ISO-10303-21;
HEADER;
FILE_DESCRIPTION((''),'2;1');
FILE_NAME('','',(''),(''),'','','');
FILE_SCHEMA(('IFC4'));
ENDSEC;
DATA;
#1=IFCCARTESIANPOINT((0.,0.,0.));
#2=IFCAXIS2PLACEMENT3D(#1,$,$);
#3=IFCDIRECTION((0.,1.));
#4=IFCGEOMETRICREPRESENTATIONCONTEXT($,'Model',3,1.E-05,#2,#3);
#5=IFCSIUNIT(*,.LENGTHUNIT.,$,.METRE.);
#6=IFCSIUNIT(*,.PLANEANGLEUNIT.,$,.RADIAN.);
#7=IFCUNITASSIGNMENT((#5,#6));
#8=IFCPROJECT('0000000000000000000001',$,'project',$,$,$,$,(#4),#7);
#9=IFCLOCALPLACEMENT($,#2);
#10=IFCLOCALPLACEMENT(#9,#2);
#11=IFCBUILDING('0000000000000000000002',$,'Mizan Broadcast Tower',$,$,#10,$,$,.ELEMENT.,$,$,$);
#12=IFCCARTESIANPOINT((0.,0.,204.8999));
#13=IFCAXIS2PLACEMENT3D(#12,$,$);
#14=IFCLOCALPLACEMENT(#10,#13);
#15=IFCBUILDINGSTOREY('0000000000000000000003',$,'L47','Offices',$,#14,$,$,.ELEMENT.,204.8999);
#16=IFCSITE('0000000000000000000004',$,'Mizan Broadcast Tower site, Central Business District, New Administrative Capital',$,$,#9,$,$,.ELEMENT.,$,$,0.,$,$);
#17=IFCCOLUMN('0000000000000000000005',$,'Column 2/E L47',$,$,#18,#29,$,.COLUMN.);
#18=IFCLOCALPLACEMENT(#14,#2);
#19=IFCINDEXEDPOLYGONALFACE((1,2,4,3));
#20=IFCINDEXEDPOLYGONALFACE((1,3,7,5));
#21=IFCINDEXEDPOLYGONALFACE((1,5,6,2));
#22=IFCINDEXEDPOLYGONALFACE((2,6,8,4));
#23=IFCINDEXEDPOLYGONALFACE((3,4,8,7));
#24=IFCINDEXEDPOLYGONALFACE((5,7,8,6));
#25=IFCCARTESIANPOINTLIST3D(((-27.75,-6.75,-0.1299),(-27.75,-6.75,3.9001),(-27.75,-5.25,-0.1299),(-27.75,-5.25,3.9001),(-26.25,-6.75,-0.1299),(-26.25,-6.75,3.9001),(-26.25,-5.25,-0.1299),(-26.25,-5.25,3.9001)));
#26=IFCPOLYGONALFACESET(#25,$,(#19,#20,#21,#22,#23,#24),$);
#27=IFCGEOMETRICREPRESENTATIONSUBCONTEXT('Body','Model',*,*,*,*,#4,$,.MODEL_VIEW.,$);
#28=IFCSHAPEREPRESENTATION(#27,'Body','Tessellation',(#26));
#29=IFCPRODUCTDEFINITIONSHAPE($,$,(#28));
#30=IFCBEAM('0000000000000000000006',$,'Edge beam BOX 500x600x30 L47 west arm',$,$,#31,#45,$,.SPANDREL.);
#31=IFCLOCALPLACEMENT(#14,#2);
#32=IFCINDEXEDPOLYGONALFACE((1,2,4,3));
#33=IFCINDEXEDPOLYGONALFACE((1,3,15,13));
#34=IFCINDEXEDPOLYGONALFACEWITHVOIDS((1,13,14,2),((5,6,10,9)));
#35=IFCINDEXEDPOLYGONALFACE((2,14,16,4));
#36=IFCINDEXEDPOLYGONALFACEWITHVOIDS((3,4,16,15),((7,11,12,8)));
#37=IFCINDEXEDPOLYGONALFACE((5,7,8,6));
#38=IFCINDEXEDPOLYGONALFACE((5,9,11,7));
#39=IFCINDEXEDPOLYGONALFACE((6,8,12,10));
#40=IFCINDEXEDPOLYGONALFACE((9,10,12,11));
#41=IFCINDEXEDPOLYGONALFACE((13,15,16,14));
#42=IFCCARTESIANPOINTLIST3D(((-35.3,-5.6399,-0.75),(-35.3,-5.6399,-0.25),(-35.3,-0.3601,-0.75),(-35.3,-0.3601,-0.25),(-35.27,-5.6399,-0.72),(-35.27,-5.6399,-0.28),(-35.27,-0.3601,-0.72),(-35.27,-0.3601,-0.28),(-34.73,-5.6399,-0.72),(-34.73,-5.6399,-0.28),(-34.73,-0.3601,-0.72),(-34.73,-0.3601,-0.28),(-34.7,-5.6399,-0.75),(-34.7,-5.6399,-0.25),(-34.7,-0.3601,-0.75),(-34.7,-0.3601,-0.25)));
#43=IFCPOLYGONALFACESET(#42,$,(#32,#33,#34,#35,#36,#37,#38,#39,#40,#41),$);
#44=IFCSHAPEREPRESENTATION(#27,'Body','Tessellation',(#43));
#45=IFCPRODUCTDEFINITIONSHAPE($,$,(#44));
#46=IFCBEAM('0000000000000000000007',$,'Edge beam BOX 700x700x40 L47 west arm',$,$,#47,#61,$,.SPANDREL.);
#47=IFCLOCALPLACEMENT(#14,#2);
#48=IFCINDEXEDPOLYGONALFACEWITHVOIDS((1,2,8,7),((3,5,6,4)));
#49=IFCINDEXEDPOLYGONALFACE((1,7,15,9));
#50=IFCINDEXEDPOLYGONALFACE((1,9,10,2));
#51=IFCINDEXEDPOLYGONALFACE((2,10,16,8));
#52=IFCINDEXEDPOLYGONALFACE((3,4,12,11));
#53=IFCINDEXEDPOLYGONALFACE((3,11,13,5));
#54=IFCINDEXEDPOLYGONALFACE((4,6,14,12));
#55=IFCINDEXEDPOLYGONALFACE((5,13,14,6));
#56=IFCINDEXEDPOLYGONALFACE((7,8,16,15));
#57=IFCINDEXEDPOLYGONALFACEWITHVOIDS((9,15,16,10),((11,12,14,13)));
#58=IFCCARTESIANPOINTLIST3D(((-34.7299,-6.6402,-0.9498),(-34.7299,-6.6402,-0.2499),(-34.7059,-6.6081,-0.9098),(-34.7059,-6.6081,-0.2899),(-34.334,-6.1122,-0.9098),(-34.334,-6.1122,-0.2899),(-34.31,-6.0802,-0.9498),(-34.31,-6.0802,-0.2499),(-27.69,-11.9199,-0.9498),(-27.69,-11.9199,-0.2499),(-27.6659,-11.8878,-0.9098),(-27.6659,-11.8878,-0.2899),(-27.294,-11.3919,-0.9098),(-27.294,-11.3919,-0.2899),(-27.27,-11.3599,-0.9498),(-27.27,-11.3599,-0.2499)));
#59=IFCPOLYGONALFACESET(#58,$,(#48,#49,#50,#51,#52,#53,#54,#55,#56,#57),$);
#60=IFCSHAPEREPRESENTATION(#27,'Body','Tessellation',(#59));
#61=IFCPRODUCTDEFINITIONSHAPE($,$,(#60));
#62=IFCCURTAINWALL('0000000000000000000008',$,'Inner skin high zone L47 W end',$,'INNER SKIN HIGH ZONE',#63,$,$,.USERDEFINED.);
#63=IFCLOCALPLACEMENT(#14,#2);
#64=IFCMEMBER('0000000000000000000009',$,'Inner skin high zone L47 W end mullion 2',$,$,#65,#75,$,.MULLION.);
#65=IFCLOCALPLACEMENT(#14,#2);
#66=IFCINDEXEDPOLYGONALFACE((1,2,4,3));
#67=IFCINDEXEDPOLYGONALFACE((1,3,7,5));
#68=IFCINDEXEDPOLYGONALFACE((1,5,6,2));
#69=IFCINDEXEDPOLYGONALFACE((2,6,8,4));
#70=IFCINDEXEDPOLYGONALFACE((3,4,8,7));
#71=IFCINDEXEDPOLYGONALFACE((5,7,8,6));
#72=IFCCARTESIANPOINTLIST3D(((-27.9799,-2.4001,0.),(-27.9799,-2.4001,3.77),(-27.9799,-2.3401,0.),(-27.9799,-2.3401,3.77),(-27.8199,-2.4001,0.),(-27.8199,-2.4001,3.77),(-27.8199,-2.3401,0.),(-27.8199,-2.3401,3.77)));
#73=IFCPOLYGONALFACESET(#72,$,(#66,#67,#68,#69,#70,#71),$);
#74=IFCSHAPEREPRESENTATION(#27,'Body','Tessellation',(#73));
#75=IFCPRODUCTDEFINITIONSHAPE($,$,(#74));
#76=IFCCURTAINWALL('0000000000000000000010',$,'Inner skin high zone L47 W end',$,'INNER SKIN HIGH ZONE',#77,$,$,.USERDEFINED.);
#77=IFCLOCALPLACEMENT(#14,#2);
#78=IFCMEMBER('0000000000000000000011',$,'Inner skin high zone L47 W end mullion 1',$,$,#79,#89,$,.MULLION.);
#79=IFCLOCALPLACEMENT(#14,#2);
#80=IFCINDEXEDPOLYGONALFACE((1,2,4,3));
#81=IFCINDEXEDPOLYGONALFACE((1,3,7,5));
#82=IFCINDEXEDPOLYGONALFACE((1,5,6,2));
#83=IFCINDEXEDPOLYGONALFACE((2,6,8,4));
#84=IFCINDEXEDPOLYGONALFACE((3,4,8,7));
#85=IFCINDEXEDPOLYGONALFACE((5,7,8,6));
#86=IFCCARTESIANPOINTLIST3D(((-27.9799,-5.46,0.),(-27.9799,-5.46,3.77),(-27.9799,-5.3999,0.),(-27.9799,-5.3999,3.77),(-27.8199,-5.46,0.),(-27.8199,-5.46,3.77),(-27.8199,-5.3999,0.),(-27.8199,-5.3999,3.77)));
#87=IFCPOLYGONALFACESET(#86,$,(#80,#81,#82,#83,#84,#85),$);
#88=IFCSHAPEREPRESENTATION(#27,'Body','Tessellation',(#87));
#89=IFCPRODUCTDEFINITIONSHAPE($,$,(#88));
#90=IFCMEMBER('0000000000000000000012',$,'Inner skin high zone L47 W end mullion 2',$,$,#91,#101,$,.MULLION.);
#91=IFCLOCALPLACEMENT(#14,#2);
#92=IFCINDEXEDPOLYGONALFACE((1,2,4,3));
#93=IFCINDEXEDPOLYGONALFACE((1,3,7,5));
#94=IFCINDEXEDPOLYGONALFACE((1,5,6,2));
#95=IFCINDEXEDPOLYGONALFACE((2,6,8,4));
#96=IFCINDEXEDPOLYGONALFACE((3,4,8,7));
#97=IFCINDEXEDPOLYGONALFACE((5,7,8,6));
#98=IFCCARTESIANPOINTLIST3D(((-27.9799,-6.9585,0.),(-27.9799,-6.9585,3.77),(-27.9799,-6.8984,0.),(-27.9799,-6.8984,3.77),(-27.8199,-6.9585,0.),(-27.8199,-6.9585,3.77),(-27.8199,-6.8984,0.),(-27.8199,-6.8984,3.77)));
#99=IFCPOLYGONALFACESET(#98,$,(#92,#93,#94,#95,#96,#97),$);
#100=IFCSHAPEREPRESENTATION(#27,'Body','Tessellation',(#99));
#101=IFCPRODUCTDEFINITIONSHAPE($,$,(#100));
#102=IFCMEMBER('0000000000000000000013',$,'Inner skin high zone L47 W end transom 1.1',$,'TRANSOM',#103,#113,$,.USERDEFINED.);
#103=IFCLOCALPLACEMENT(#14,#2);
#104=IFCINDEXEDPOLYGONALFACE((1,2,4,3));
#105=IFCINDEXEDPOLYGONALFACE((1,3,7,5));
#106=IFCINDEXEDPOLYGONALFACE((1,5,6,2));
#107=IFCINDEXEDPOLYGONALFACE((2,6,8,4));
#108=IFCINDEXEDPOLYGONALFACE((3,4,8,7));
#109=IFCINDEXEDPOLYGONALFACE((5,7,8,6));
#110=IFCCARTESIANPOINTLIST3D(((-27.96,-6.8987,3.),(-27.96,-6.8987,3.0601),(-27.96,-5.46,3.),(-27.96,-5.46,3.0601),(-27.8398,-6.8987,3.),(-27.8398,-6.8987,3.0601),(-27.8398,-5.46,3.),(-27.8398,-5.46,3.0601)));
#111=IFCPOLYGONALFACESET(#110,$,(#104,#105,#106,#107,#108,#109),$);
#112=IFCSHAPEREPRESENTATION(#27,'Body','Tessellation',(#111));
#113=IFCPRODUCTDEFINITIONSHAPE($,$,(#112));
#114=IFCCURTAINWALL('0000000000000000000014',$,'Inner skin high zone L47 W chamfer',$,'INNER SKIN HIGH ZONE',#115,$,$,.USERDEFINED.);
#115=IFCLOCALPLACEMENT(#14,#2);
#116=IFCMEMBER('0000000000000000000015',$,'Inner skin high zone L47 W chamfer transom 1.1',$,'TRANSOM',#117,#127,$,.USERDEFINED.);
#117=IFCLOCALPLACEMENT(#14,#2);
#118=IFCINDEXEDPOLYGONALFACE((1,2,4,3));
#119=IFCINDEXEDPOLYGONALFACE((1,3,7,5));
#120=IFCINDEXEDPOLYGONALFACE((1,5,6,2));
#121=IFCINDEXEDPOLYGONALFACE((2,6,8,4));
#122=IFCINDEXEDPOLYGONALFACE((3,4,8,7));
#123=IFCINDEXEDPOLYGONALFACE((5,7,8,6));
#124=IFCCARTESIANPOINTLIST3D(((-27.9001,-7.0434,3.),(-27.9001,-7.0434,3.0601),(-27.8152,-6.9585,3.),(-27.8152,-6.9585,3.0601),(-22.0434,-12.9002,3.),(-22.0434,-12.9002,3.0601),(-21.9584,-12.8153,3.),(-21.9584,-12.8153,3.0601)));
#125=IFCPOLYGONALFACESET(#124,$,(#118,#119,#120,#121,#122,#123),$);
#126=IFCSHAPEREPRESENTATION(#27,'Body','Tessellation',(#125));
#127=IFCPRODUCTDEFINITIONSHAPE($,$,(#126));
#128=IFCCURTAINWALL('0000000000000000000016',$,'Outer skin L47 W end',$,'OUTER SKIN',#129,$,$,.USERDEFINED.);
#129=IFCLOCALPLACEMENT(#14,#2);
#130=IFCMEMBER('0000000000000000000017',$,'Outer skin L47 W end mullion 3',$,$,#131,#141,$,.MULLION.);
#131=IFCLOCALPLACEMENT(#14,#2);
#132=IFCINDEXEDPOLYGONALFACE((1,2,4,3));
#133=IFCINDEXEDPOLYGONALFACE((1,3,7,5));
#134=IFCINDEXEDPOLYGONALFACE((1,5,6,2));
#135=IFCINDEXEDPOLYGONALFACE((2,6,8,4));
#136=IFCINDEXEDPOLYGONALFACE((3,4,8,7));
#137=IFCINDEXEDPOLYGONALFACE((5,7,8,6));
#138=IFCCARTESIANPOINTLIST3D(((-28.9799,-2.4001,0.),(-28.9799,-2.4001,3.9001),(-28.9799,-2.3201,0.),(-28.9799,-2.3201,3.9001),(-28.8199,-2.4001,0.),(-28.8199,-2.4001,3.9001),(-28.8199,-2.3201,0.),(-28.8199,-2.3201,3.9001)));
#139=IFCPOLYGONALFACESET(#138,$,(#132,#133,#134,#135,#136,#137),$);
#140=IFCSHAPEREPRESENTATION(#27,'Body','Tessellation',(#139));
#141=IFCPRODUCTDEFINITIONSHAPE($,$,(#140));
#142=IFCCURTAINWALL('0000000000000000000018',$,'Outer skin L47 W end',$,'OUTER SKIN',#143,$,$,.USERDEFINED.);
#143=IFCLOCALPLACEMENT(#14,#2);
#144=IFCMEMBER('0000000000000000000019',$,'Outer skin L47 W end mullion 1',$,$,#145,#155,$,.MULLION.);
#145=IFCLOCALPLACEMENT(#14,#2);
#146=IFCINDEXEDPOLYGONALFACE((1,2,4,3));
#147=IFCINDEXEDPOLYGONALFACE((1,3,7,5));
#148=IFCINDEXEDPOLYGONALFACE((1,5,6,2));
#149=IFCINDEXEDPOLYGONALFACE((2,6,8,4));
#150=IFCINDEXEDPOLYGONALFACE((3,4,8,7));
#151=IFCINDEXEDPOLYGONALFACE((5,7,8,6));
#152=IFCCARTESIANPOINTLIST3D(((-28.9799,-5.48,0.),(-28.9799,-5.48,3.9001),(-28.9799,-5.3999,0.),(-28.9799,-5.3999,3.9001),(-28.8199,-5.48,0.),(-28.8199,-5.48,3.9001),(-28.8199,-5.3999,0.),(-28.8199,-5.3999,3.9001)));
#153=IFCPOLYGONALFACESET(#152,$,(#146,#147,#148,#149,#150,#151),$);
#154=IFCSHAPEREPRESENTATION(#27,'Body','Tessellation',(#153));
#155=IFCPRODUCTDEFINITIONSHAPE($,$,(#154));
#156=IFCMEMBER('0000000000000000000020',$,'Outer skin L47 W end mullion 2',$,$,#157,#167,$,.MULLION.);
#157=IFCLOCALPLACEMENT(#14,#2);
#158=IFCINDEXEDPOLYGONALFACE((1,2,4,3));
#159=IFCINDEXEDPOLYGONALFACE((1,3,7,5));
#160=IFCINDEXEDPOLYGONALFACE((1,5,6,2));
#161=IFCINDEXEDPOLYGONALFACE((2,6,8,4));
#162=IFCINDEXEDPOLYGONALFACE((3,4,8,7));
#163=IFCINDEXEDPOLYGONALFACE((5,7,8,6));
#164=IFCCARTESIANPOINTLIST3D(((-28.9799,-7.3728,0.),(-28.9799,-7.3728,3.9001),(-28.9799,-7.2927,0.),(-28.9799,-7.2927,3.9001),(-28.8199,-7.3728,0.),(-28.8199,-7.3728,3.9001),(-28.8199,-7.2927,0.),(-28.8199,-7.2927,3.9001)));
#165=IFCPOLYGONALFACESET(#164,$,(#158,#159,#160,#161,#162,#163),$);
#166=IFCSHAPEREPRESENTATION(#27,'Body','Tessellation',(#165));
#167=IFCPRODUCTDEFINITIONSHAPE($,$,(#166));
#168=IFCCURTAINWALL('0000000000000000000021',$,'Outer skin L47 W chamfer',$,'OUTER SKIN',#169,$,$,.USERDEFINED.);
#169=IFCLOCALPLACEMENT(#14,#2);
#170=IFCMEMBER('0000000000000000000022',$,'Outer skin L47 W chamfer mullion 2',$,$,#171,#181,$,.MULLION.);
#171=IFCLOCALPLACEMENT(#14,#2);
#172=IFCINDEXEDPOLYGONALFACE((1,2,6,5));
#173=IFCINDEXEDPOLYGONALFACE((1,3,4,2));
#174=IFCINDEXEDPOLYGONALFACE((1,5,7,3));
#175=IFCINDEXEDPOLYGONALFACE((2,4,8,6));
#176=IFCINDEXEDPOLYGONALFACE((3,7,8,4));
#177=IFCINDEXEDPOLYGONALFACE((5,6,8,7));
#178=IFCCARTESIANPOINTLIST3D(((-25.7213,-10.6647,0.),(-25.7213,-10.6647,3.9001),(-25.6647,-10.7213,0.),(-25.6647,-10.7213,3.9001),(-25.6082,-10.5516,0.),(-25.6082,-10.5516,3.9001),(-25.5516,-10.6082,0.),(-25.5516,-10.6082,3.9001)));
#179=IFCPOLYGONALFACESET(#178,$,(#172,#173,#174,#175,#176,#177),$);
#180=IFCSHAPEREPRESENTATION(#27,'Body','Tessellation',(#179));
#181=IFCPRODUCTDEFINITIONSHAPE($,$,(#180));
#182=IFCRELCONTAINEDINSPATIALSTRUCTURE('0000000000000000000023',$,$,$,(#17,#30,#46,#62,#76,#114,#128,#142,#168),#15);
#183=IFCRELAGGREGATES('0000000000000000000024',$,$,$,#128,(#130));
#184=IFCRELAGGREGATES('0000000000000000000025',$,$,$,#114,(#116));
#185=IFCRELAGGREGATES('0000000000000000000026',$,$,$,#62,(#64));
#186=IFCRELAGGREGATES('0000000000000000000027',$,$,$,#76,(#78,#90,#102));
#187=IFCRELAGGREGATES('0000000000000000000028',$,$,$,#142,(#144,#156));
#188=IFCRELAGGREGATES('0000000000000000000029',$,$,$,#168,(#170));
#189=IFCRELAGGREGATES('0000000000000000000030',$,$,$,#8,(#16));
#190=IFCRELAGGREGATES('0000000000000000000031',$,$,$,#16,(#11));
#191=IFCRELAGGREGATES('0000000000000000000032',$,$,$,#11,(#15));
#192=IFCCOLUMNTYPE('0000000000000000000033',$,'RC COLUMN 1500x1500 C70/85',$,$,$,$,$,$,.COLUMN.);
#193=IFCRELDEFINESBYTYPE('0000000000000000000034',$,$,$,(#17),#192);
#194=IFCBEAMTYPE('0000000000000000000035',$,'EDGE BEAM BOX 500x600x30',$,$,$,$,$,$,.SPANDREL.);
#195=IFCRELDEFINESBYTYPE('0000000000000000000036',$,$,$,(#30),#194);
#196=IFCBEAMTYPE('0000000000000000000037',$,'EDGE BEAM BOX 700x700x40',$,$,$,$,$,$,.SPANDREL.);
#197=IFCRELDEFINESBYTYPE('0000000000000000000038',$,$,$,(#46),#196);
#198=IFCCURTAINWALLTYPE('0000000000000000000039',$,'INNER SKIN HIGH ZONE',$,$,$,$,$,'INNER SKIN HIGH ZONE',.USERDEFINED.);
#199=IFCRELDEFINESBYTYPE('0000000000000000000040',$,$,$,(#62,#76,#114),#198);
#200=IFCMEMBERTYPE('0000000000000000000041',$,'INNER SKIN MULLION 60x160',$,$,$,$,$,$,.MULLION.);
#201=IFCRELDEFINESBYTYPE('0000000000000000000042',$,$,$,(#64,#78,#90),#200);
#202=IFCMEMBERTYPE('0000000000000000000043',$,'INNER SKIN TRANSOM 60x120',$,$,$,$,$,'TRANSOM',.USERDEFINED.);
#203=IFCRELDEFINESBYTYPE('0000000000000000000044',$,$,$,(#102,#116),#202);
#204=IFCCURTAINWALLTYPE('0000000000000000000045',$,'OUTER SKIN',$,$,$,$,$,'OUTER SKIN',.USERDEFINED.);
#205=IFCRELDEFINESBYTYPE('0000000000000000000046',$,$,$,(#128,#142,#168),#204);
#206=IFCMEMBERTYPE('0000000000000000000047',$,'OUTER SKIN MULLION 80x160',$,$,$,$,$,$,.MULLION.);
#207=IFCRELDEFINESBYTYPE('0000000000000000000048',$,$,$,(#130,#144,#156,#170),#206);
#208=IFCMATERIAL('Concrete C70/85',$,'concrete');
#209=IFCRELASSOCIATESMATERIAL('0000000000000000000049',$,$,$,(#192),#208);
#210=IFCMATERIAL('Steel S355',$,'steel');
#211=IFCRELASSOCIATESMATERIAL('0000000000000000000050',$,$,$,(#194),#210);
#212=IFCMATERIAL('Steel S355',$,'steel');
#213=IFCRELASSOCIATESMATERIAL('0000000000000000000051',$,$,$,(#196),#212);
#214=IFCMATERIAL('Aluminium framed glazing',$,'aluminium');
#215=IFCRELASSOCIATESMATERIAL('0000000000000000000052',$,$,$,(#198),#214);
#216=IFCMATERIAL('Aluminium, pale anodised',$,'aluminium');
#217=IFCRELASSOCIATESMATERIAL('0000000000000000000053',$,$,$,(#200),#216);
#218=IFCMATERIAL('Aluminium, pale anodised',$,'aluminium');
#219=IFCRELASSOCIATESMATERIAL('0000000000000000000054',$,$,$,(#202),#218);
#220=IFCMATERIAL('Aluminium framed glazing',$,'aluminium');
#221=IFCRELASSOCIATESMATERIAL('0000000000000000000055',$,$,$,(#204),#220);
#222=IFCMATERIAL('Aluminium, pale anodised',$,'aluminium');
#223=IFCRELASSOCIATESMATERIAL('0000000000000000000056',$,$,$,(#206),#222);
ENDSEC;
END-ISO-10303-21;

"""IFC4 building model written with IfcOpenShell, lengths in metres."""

from ifc_helpers import new_model, si_unit, direction, frame, origin, origin_2d, place, context, subcontext, project, spatial, rectangle, hollow_rectangle, extrude, material, material_profile, profile_set, type_object, element, aggregate, save


model = new_model("IFC4")

# Units and contexts
model_context = context("Model", 3, precision=1e-05, world=origin(), true_north=direction((0.0, 1.0)))
body_context = subcontext(model_context, "Body", "Model", "MODEL_VIEW")
ifc_project = project(units=[si_unit("LENGTHUNIT", "METRE"), si_unit("PLANEANGLEUNIT", "RADIAN")], contexts=[model_context])

# Site, building, storey
site_placement = place(None, origin())
site = spatial("IfcSite", under=ifc_project, at=site_placement, Name="Mizan Broadcast Tower site, Central Business District, New Administrative Capital", CompositionType="ELEMENT", RefElevation=0.0)
building_placement = place(site_placement, origin())
building = spatial("IfcBuilding", under=site, at=building_placement, Name="Mizan Broadcast Tower", CompositionType="ELEMENT")
storey_placement = place(building_placement, frame((0.0, 0.0, 204.8999)))
storey = spatial("IfcBuildingStorey", under=building, at=storey_placement, Name="L47", Description="Offices", CompositionType="ELEMENT", Elevation=204.8999)

# Column
ifc_material_1 = material(Name="Concrete C70/85", Category="concrete")
ifc_material_profile_1 = material_profile(ifc_material_1, rectangle(XDim=1.5, YDim=1.5, at=origin_2d()), Name="RC 1500x1500")
ifc_profile_set_1 = profile_set([ifc_material_profile_1], Name="Concrete C70/85")
column_type = type_object("IfcColumnType", Name="RC COLUMN 1500x1500 C70/85", PredefinedType="COLUMN", material=ifc_profile_set_1)
column_placement = place(storey_placement, frame((-27.0, -6.0, -0.1299), z_axis=(0.0, 0.0, 1.0), x_axis=(1.0, 0.0, 0.0)))
element("IfcColumn", 1, at=column_placement, inside=storey, type_object=column_type, Name="Column 2/E L47", PredefinedType="COLUMN", context=body_context, shape_type="SweptSolid", body=[
    extrude(rectangle(XDim=1.5, YDim=1.5, at=origin_2d()), origin(), (0.0, 0.0, 1.0), 4.03),
])

# Beams
ifc_material_2 = material(Name="Steel S355", Category="steel")
ifc_material_profile_2 = material_profile(ifc_material_2, hollow_rectangle(XDim=0.6001, YDim=0.5, WallThickness=0.03, at=origin_2d()), Name="BOX 500x600x30")
ifc_profile_set_2 = profile_set([ifc_material_profile_2], Name="Steel S355")
beam_type_1 = type_object("IfcBeamType", Name="EDGE BEAM BOX 500x600x30", PredefinedType="SPANDREL", material=ifc_profile_set_2)
beam_1_placement = place(storey_placement, frame((-35.0, -5.6399, -0.5), z_axis=(0.0, 1.0, 0.0), x_axis=(-1.0, 0.0, 0.0)))
element("IfcBeam", 2, at=beam_1_placement, inside=storey, type_object=beam_type_1, Name="Edge beam BOX 500x600x30 L47 west arm", PredefinedType="SPANDREL", context=body_context, shape_type="SweptSolid", body=[
    extrude(hollow_rectangle(XDim=0.6001, YDim=0.5, WallThickness=0.03, at=origin_2d()), origin(), (0.0, 0.0, 1.0), 5.2798),
])
ifc_material_3 = material(Name="Steel S355", Category="steel")
ifc_material_profile_3 = material_profile(ifc_material_3, hollow_rectangle(XDim=0.7, YDim=0.7, WallThickness=0.04, at=origin_2d()), Name="BOX 700x700x40")
ifc_profile_set_3 = profile_set([ifc_material_profile_3], Name="Steel S355")
beam_type_2 = type_object("IfcBeamType", Name="EDGE BEAM BOX 700x700x40", PredefinedType="SPANDREL", material=ifc_profile_set_3)
beam_2_placement = place(storey_placement, frame((-27.48, -11.6399, -0.5999), z_axis=(-0.800013, 0.599982, 0.0), x_axis=(-0.599982, -0.800013, 0.0)))
element("IfcBeam", 3, at=beam_2_placement, inside=storey, type_object=beam_type_2, Name="Edge beam BOX 700x700x40 L47 west arm", PredefinedType="SPANDREL", context=body_context, shape_type="SweptSolid", body=[
    extrude(hollow_rectangle(XDim=0.7, YDim=0.7, WallThickness=0.04, at=origin_2d()), origin(), (0.0, 0.0, 1.0), 8.7998),
])

# Curtain wall, member
ifc_material_4 = material(Name="Aluminium framed glazing", Category="aluminium")
curtain_wall_type_1 = type_object("IfcCurtainWallType", Name="INNER SKIN HIGH ZONE", ElementType="INNER SKIN HIGH ZONE", PredefinedType="USERDEFINED", material=ifc_material_4)
curtain_wall_1_placement = place(storey_placement, origin())
curtain_wall_1 = element("IfcCurtainWall", 4, at=curtain_wall_1_placement, inside=storey, type_object=curtain_wall_type_1, Name="Inner skin high zone L47 W end", ObjectType="INNER SKIN HIGH ZONE", PredefinedType="USERDEFINED")
ifc_material_5 = material(Name="Aluminium, pale anodised", Category="aluminium")
ifc_material_profile_4 = material_profile(ifc_material_5, rectangle(XDim=0.1599, YDim=0.0601, at=origin_2d()), Name="MULLION 160x60")
ifc_profile_set_4 = profile_set([ifc_material_profile_4], Name="Aluminium, pale anodised")
member_type_1 = type_object("IfcMemberType", Name="INNER SKIN MULLION 60x160", PredefinedType="MULLION", material=ifc_profile_set_4)
member_1_placement = place(storey_placement, frame((-27.8999, -2.3701, 0.0), z_axis=(0.0, 0.0, 1.0), x_axis=(1.0, 0.0, 0.0)))
member_1 = element("IfcMember", 5, at=member_1_placement, type_object=member_type_1, Name="Inner skin high zone L47 W end mullion 2", PredefinedType="MULLION", context=body_context, shape_type="SweptSolid", body=[
    extrude(rectangle(XDim=0.1599, YDim=0.0601, at=origin_2d()), origin(), (0.0, 0.0, 1.0), 3.77),
])

# Curtain wall, members
curtain_wall_2_placement = place(storey_placement, origin())
curtain_wall_2 = element("IfcCurtainWall", 6, at=curtain_wall_2_placement, inside=storey, type_object=curtain_wall_type_1, Name="Inner skin high zone L47 W end", ObjectType="INNER SKIN HIGH ZONE", PredefinedType="USERDEFINED")
member_2_placement = place(storey_placement, frame((-27.8999, -5.4299, 0.0), z_axis=(0.0, 0.0, 1.0), x_axis=(1.0, 0.0, 0.0)))
member_2 = element("IfcMember", 7, at=member_2_placement, type_object=member_type_1, Name="Inner skin high zone L47 W end mullion 1", PredefinedType="MULLION", context=body_context, shape_type="SweptSolid", body=[
    extrude(rectangle(XDim=0.1599, YDim=0.0601, at=origin_2d()), origin(), (0.0, 0.0, 1.0), 3.77),
])
member_3_placement = place(storey_placement, frame((-27.8999, -6.9285, 0.0), z_axis=(0.0, 0.0, 1.0), x_axis=(1.0, 0.0, 0.0)))
member_3 = element("IfcMember", 8, at=member_3_placement, type_object=member_type_1, Name="Inner skin high zone L47 W end mullion 2", PredefinedType="MULLION", context=body_context, shape_type="SweptSolid", body=[
    extrude(rectangle(XDim=0.1599, YDim=0.0601, at=origin_2d()), origin(), (0.0, 0.0, 1.0), 3.77),
])
ifc_material_6 = material(Name="Aluminium, pale anodised", Category="aluminium")
ifc_material_profile_5 = material_profile(ifc_material_6, rectangle(XDim=0.1201, YDim=0.0601, at=origin_2d()), Name="TRANSOM 120x60")
ifc_profile_set_5 = profile_set([ifc_material_profile_5], Name="Aluminium, pale anodised")
member_type_2 = type_object("IfcMemberType", Name="INNER SKIN TRANSOM 60x120", ElementType="TRANSOM", PredefinedType="USERDEFINED", material=ifc_profile_set_5)
member_4_placement = place(storey_placement, frame((-27.8999, -5.46, 3.03), z_axis=(0.0, -1.0, 0.0), x_axis=(1.0, 0.0, 0.0)))
member_4 = element("IfcMember", 9, at=member_4_placement, type_object=member_type_2, Name="Inner skin high zone L47 W end transom 1.1", ObjectType="TRANSOM", PredefinedType="USERDEFINED", context=body_context, shape_type="SweptSolid", body=[
    extrude(rectangle(XDim=0.1201, YDim=0.0601, at=origin_2d()), origin(), (0.0, 0.0, 1.0), 1.4387),
])

# Curtain walls, members
curtain_wall_3_placement = place(storey_placement, origin())
curtain_wall_3 = element("IfcCurtainWall", 10, at=curtain_wall_3_placement, inside=storey, type_object=curtain_wall_type_1, Name="Inner skin high zone L47 W chamfer", ObjectType="INNER SKIN HIGH ZONE", PredefinedType="USERDEFINED")
member_5_placement = place(storey_placement, frame((-27.8577, -7.001, 3.03), z_axis=(0.707107, -0.707107, 0.0), x_axis=(0.707107, 0.707107, 0.0)))
member_5 = element("IfcMember", 11, at=member_5_placement, type_object=member_type_2, Name="Inner skin high zone L47 W chamfer transom 1.1", ObjectType="TRANSOM", PredefinedType="USERDEFINED", context=body_context, shape_type="SweptSolid", body=[
    extrude(rectangle(XDim=0.1201, YDim=0.0601, at=origin_2d()), origin(), (0.0, 0.0, 1.0), 8.2827),
])
ifc_material_7 = material(Name="Aluminium framed glazing", Category="aluminium")
curtain_wall_type_2 = type_object("IfcCurtainWallType", Name="OUTER SKIN", ElementType="OUTER SKIN", PredefinedType="USERDEFINED", material=ifc_material_7)
curtain_wall_4_placement = place(storey_placement, origin())
curtain_wall_4 = element("IfcCurtainWall", 12, at=curtain_wall_4_placement, inside=storey, type_object=curtain_wall_type_2, Name="Outer skin L47 W end", ObjectType="OUTER SKIN", PredefinedType="USERDEFINED")
ifc_material_8 = material(Name="Aluminium, pale anodised", Category="aluminium")
ifc_material_profile_6 = material_profile(ifc_material_8, rectangle(XDim=0.1599, YDim=0.0801, at=origin_2d()), Name="MULLION 160x80")
ifc_profile_set_6 = profile_set([ifc_material_profile_6], Name="Aluminium, pale anodised")
member_type_3 = type_object("IfcMemberType", Name="OUTER SKIN MULLION 80x160", PredefinedType="MULLION", material=ifc_profile_set_6)
member_6_placement = place(storey_placement, frame((-28.8999, -2.3601, 0.0), z_axis=(0.0, 0.0, 1.0), x_axis=(1.0, 0.0, 0.0)))
member_6 = element("IfcMember", 13, at=member_6_placement, type_object=member_type_3, Name="Outer skin L47 W end mullion 3", PredefinedType="MULLION", context=body_context, shape_type="SweptSolid", body=[
    extrude(rectangle(XDim=0.1599, YDim=0.0801, at=origin_2d()), origin(), (0.0, 0.0, 1.0), 3.9001),
])
aggregate(curtain_wall_4, [member_6])

# Curtain wall, members
curtain_wall_5_placement = place(storey_placement, origin())
curtain_wall_5 = element("IfcCurtainWall", 14, at=curtain_wall_5_placement, inside=storey, type_object=curtain_wall_type_2, Name="Outer skin L47 W end", ObjectType="OUTER SKIN", PredefinedType="USERDEFINED")
member_7_placement = place(storey_placement, frame((-28.8999, -5.4399, 0.0), z_axis=(0.0, 0.0, 1.0), x_axis=(1.0, 0.0, 0.0)))
member_7 = element("IfcMember", 15, at=member_7_placement, type_object=member_type_3, Name="Outer skin L47 W end mullion 1", PredefinedType="MULLION", context=body_context, shape_type="SweptSolid", body=[
    extrude(rectangle(XDim=0.1599, YDim=0.0801, at=origin_2d()), origin(), (0.0, 0.0, 1.0), 3.9001),
])
member_8_placement = place(storey_placement, frame((-28.8999, -7.3328, 0.0), z_axis=(0.0, 0.0, 1.0), x_axis=(1.0, 0.0, 0.0)))
member_8 = element("IfcMember", 16, at=member_8_placement, type_object=member_type_3, Name="Outer skin L47 W end mullion 2", PredefinedType="MULLION", context=body_context, shape_type="SweptSolid", body=[
    extrude(rectangle(XDim=0.1599, YDim=0.0801, at=origin_2d()), origin(), (0.0, 0.0, 1.0), 3.9001),
])

# Curtain wall, member
curtain_wall_6_placement = place(storey_placement, origin())
curtain_wall_6 = element("IfcCurtainWall", 17, at=curtain_wall_6_placement, inside=storey, type_object=curtain_wall_type_2, Name="Outer skin L47 W chamfer", ObjectType="OUTER SKIN", PredefinedType="USERDEFINED")
member_9_placement = place(storey_placement, frame((-25.6365, -10.6365, 0.0), z_axis=(0.0, 0.0, 1.0), x_axis=(0.707107, 0.707107, 0.0)))
member_9 = element("IfcMember", 18, at=member_9_placement, type_object=member_type_3, Name="Outer skin L47 W chamfer mullion 2", PredefinedType="MULLION", context=body_context, shape_type="SweptSolid", body=[
    extrude(rectangle(XDim=0.1599, YDim=0.0801, at=origin_2d()), origin(), (0.0, 0.0, 1.0), 3.9001),
])

aggregate(curtain_wall_3, [member_5])
aggregate(curtain_wall_1, [member_1])
aggregate(curtain_wall_2, [member_2, member_3, member_4])
aggregate(curtain_wall_5, [member_7, member_8])
aggregate(curtain_wall_6, [member_9])

save(model, "model.ifc")
